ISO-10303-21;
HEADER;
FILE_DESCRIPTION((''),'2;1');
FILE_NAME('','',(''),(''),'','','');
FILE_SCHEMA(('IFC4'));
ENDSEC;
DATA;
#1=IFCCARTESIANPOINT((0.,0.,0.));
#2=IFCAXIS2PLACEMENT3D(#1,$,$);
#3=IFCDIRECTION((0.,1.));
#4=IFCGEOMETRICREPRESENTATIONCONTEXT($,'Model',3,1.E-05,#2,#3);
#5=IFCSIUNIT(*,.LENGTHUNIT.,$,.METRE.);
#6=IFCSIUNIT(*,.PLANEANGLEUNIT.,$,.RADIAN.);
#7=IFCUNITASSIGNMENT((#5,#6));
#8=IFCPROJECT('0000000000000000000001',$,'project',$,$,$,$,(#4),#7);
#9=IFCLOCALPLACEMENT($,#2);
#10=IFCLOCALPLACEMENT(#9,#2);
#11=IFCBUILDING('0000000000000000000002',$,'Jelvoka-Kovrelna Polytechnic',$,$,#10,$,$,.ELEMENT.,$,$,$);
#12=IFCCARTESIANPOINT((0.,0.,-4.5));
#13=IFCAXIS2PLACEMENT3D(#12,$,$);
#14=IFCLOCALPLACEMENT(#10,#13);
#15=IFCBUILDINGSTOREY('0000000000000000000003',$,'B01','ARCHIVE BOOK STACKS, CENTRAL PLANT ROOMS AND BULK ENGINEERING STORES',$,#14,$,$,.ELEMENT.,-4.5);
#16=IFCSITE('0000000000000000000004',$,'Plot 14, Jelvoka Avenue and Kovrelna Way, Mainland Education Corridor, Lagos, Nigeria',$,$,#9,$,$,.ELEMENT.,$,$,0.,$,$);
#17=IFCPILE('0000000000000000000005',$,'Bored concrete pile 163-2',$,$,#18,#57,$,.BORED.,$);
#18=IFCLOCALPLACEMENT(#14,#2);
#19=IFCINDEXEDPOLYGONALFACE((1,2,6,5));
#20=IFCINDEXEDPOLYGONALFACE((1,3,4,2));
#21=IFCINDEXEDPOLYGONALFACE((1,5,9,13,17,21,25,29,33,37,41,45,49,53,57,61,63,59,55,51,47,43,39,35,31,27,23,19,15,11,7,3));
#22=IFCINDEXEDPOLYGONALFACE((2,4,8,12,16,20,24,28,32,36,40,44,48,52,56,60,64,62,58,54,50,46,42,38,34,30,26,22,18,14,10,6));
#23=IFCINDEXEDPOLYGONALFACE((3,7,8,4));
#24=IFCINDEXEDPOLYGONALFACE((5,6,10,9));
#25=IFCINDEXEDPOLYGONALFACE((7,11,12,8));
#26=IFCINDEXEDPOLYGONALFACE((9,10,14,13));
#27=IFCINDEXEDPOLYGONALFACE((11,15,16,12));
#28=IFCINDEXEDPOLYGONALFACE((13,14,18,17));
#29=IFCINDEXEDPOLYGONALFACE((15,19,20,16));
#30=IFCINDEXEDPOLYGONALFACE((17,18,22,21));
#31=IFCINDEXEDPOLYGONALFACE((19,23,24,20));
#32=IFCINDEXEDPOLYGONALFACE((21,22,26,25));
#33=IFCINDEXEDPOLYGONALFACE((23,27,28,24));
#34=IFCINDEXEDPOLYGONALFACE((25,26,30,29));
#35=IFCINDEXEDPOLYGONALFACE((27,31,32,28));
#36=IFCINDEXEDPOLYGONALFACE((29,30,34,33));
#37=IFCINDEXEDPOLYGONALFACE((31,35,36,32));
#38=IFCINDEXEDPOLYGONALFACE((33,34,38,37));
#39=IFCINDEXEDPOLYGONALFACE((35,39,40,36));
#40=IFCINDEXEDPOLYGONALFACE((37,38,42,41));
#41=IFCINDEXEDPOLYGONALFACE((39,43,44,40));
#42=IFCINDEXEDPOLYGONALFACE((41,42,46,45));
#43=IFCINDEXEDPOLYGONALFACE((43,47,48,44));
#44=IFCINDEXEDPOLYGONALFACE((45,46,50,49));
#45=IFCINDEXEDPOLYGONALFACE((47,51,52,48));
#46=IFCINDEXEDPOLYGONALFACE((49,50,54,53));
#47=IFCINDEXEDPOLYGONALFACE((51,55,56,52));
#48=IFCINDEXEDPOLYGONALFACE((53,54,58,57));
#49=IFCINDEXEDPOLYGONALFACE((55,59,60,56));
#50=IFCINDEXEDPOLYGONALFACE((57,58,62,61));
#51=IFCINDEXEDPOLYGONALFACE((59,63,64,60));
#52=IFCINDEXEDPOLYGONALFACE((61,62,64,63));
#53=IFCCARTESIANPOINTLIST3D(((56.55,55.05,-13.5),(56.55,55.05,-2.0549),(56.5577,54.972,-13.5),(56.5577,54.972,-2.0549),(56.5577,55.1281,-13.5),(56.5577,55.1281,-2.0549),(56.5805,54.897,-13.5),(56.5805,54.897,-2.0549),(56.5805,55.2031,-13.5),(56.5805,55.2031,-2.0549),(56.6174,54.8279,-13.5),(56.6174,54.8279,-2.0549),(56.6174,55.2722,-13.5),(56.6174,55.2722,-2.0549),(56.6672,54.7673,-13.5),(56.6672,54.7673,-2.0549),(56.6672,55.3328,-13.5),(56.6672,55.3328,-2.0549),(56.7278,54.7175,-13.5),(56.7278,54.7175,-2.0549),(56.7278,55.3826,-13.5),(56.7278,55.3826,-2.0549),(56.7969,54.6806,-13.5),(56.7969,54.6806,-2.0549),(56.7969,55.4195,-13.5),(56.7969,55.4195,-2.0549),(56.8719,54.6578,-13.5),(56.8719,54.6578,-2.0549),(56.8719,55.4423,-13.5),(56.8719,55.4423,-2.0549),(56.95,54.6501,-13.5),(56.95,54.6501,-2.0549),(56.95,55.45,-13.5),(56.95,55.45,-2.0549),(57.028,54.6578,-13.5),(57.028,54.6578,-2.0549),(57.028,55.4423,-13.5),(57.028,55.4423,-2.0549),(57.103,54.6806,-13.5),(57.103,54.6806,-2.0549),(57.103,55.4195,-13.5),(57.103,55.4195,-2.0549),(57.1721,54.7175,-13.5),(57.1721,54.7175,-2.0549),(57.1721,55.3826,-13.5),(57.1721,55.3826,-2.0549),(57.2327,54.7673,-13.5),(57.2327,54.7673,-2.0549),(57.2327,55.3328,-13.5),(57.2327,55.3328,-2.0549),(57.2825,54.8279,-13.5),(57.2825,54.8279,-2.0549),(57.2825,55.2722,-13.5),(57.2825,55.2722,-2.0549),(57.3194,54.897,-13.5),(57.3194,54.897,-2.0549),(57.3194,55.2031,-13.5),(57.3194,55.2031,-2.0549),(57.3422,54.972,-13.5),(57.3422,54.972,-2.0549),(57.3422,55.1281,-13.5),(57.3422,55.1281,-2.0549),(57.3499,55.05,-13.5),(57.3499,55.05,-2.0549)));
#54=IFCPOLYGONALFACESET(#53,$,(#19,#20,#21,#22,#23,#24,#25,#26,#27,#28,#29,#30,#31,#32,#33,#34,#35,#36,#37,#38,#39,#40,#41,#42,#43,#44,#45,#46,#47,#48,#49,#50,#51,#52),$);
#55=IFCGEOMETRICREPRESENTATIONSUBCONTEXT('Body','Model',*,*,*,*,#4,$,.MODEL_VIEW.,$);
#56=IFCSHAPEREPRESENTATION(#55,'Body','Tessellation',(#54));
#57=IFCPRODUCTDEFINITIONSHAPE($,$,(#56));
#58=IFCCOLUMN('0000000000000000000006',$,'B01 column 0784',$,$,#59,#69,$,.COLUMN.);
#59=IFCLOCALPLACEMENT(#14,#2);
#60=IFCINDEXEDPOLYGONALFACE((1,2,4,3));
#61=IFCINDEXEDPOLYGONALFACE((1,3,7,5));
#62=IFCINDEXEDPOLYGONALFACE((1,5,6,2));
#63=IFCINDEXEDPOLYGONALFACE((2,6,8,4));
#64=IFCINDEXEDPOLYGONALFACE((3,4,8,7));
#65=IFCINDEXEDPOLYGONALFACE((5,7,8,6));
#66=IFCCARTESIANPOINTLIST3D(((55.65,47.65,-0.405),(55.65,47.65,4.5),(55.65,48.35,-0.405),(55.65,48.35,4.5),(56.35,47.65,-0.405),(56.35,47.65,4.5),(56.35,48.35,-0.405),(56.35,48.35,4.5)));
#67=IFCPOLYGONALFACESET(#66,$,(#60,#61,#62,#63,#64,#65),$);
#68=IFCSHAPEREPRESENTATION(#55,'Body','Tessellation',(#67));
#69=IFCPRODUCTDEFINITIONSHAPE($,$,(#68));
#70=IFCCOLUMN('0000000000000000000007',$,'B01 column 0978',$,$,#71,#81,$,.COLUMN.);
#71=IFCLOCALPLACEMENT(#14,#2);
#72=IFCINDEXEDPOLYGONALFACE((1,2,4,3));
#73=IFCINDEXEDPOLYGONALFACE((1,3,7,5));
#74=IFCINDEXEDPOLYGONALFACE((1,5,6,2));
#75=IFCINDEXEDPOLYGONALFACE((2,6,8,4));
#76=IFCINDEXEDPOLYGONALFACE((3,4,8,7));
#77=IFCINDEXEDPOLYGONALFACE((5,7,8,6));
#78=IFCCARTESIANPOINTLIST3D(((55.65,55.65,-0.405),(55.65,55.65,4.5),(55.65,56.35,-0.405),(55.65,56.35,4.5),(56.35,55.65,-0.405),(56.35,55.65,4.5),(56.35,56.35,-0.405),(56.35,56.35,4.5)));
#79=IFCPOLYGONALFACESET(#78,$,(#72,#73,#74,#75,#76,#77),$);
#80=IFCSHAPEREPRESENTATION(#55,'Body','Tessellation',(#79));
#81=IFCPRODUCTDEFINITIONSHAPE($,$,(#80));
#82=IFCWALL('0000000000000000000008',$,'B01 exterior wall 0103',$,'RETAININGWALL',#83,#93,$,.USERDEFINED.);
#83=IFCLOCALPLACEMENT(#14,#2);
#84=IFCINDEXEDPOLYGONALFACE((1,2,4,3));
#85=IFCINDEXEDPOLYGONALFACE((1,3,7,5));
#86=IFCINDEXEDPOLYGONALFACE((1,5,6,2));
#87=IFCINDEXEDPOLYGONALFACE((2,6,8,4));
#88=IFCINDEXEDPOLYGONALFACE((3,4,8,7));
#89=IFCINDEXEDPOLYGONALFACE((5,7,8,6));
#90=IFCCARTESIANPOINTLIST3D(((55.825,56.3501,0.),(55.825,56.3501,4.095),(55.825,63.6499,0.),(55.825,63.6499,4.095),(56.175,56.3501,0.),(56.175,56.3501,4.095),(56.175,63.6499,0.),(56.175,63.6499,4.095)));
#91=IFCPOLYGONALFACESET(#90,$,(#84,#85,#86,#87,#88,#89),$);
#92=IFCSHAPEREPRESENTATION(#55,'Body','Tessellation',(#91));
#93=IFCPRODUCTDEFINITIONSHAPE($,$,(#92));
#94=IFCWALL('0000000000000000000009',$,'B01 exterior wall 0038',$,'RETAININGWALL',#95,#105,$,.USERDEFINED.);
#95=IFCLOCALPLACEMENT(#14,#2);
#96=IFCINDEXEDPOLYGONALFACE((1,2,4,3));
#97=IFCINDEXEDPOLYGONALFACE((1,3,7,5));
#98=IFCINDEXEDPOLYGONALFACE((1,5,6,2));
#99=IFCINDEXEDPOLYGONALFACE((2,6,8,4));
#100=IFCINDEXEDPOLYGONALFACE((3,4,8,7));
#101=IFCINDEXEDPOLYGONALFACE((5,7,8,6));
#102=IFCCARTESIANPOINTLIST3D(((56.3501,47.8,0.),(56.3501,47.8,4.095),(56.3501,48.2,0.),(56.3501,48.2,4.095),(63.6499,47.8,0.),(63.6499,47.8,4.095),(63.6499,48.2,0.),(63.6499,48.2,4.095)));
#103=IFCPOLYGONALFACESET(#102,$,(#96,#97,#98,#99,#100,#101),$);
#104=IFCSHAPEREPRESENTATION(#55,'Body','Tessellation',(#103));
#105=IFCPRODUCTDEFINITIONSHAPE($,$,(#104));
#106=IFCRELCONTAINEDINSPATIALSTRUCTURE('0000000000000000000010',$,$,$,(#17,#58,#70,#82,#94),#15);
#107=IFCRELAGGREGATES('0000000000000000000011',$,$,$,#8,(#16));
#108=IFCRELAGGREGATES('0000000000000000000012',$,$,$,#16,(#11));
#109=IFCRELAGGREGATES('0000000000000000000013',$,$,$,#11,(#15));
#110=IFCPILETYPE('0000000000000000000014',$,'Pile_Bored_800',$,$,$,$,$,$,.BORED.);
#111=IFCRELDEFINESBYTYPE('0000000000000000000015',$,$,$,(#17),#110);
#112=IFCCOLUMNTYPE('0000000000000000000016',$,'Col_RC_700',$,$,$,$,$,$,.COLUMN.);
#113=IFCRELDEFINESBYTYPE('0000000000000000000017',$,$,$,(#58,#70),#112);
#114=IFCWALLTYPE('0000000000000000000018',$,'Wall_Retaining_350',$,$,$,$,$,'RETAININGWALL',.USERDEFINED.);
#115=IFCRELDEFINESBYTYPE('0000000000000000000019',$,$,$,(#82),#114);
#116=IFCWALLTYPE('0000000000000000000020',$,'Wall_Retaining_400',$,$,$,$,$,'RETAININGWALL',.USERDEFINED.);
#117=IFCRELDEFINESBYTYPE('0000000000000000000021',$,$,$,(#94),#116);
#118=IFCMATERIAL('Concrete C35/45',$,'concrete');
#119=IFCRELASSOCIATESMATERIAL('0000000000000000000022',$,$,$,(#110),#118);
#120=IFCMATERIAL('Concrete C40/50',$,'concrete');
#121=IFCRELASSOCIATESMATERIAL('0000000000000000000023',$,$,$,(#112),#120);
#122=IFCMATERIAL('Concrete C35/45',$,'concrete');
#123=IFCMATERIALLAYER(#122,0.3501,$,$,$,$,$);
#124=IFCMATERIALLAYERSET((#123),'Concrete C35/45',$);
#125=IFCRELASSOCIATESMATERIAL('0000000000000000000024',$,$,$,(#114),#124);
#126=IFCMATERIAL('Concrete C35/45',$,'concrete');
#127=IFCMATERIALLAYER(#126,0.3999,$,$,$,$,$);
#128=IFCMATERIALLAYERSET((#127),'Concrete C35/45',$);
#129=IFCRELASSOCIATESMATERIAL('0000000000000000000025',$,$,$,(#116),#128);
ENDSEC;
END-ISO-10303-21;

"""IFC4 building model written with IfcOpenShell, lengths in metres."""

from ifc_helpers import new_model, si_unit, direction, frame, frame_2d, origin, origin_2d, place, context, subcontext, project, spatial, rectangle, circle, extrude, material, layer, layer_set, material_profile, profile_set, type_object, element, save


model = new_model("IFC4")

# Units and contexts
model_context = context("Model", 3, precision=1e-05, world=origin(), true_north=direction((0.0, 1.0)))
body_context = subcontext(model_context, "Body", "Model", "MODEL_VIEW")
ifc_project = project(units=[si_unit("LENGTHUNIT", "METRE"), si_unit("PLANEANGLEUNIT", "RADIAN")], contexts=[model_context])

# Site, building, storey
site_placement = place(None, origin())
site = spatial("IfcSite", under=ifc_project, at=site_placement, Name="Plot 14, Jelvoka Avenue and Kovrelna Way, Mainland Education Corridor, Lagos, Nigeria", CompositionType="ELEMENT", RefElevation=0.0)
building_placement = place(site_placement, origin())
building = spatial("IfcBuilding", under=site, at=building_placement, Name="Jelvoka-Kovrelna Polytechnic", CompositionType="ELEMENT")
storey_placement = place(building_placement, frame((0.0, 0.0, -4.5)))
storey = spatial("IfcBuildingStorey", under=building, at=storey_placement, Name="B01", Description="ARCHIVE BOOK STACKS, CENTRAL PLANT ROOMS AND BULK ENGINEERING STORES", CompositionType="ELEMENT", Elevation=-4.5)

# Pile
ifc_material_1 = material(Name="Concrete C35/45", Category="concrete")
ifc_material_profile_1 = material_profile(ifc_material_1, circle(Radius=0.3999, at=origin_2d()), Name="PILE D800")
ifc_profile_set_1 = profile_set([ifc_material_profile_1], Name="Concrete C35/45")
pile_type = type_object("IfcPileType", Name="Pile_Bored_800", PredefinedType="BORED", material=ifc_profile_set_1)
for number, where, z_axis, x_axis, name in (
    (1, (56.95, 55.05, -2.0549), (0.0, 0.0, -1.0), (1.0, 0.0, 0.0), "Bored concrete pile 163-2"),
):
    element("IfcPile", number, at=place(storey_placement, frame(where, z_axis=z_axis, x_axis=x_axis)), inside=storey, type_object=pile_type, Name=name, PredefinedType="BORED", context=body_context, shape_type="SweptSolid", body=[
        extrude(circle(Radius=0.3999, at=origin_2d()), origin(), (0.0, 0.0, 1.0), 11.4451),
    ])

# Columns
ifc_material_2 = material(Name="Concrete C40/50", Category="concrete")
ifc_material_profile_2 = material_profile(ifc_material_2, rectangle(XDim=0.7, YDim=0.7, at=origin_2d()), Name="RC 700x700")
ifc_profile_set_2 = profile_set([ifc_material_profile_2], Name="Concrete C40/50")
column_type = type_object("IfcColumnType", Name="Col_RC_700", PredefinedType="COLUMN", material=ifc_profile_set_2)
for number, where, z_axis, x_axis, name in (
    (2, (56.0, 48.0, -0.405), (0.0, 0.0, 1.0), (1.0, 0.0, 0.0), "B01 column 0784"),
    (3, (56.0, 56.0, -0.405), (0.0, 0.0, 1.0), (1.0, 0.0, 0.0), "B01 column 0978"),
):
    element("IfcColumn", number, at=place(storey_placement, frame(where, z_axis=z_axis, x_axis=x_axis)), inside=storey, type_object=column_type, Name=name, PredefinedType="COLUMN", context=body_context, shape_type="SweptSolid", body=[
        extrude(rectangle(XDim=0.7, YDim=0.7, at=origin_2d()), origin(), (0.0, 0.0, 1.0), 4.905),
    ])

# Walls
ifc_material_3 = material(Name="Concrete C35/45", Category="concrete")
ifc_layer_1 = layer(ifc_material_3, 0.3501)
ifc_layer_set_1 = layer_set([ifc_layer_1], Name="Concrete C35/45")
wall_type_1 = type_object("IfcWallType", Name="Wall_Retaining_350", ElementType="RETAININGWALL", PredefinedType="USERDEFINED", material=ifc_layer_set_1)
wall_1_placement = place(storey_placement, frame((56.0, 56.3501, 0.0), z_axis=(0.0, 0.0, 1.0), x_axis=(0.0, 1.0, 0.0)))
element("IfcWall", 4, at=wall_1_placement, inside=storey, type_object=wall_type_1, Name="B01 exterior wall 0103", ObjectType="RETAININGWALL", PredefinedType="USERDEFINED", context=body_context, shape_type="SweptSolid", body=[
    extrude(rectangle(XDim=7.2998, YDim=0.3501, at=frame_2d((3.6499, 0.0))), origin(), (0.0, 0.0, 1.0), 4.095),
])
ifc_material_4 = material(Name="Concrete C35/45", Category="concrete")
ifc_layer_2 = layer(ifc_material_4, 0.3999)
ifc_layer_set_2 = layer_set([ifc_layer_2], Name="Concrete C35/45")
wall_type_2 = type_object("IfcWallType", Name="Wall_Retaining_400", ElementType="RETAININGWALL", PredefinedType="USERDEFINED", material=ifc_layer_set_2)
wall_2_placement = place(storey_placement, frame((56.3501, 48.0, 0.0), z_axis=(0.0, 0.0, 1.0), x_axis=(1.0, 0.0, 0.0)))
element("IfcWall", 5, at=wall_2_placement, inside=storey, type_object=wall_type_2, Name="B01 exterior wall 0038", ObjectType="RETAININGWALL", PredefinedType="USERDEFINED", context=body_context, shape_type="SweptSolid", body=[
    extrude(rectangle(XDim=7.2998, YDim=0.3999, at=frame_2d((3.6499, 0.0))), origin(), (0.0, 0.0, 1.0), 4.095),
])

save(model, "model.ifc")
